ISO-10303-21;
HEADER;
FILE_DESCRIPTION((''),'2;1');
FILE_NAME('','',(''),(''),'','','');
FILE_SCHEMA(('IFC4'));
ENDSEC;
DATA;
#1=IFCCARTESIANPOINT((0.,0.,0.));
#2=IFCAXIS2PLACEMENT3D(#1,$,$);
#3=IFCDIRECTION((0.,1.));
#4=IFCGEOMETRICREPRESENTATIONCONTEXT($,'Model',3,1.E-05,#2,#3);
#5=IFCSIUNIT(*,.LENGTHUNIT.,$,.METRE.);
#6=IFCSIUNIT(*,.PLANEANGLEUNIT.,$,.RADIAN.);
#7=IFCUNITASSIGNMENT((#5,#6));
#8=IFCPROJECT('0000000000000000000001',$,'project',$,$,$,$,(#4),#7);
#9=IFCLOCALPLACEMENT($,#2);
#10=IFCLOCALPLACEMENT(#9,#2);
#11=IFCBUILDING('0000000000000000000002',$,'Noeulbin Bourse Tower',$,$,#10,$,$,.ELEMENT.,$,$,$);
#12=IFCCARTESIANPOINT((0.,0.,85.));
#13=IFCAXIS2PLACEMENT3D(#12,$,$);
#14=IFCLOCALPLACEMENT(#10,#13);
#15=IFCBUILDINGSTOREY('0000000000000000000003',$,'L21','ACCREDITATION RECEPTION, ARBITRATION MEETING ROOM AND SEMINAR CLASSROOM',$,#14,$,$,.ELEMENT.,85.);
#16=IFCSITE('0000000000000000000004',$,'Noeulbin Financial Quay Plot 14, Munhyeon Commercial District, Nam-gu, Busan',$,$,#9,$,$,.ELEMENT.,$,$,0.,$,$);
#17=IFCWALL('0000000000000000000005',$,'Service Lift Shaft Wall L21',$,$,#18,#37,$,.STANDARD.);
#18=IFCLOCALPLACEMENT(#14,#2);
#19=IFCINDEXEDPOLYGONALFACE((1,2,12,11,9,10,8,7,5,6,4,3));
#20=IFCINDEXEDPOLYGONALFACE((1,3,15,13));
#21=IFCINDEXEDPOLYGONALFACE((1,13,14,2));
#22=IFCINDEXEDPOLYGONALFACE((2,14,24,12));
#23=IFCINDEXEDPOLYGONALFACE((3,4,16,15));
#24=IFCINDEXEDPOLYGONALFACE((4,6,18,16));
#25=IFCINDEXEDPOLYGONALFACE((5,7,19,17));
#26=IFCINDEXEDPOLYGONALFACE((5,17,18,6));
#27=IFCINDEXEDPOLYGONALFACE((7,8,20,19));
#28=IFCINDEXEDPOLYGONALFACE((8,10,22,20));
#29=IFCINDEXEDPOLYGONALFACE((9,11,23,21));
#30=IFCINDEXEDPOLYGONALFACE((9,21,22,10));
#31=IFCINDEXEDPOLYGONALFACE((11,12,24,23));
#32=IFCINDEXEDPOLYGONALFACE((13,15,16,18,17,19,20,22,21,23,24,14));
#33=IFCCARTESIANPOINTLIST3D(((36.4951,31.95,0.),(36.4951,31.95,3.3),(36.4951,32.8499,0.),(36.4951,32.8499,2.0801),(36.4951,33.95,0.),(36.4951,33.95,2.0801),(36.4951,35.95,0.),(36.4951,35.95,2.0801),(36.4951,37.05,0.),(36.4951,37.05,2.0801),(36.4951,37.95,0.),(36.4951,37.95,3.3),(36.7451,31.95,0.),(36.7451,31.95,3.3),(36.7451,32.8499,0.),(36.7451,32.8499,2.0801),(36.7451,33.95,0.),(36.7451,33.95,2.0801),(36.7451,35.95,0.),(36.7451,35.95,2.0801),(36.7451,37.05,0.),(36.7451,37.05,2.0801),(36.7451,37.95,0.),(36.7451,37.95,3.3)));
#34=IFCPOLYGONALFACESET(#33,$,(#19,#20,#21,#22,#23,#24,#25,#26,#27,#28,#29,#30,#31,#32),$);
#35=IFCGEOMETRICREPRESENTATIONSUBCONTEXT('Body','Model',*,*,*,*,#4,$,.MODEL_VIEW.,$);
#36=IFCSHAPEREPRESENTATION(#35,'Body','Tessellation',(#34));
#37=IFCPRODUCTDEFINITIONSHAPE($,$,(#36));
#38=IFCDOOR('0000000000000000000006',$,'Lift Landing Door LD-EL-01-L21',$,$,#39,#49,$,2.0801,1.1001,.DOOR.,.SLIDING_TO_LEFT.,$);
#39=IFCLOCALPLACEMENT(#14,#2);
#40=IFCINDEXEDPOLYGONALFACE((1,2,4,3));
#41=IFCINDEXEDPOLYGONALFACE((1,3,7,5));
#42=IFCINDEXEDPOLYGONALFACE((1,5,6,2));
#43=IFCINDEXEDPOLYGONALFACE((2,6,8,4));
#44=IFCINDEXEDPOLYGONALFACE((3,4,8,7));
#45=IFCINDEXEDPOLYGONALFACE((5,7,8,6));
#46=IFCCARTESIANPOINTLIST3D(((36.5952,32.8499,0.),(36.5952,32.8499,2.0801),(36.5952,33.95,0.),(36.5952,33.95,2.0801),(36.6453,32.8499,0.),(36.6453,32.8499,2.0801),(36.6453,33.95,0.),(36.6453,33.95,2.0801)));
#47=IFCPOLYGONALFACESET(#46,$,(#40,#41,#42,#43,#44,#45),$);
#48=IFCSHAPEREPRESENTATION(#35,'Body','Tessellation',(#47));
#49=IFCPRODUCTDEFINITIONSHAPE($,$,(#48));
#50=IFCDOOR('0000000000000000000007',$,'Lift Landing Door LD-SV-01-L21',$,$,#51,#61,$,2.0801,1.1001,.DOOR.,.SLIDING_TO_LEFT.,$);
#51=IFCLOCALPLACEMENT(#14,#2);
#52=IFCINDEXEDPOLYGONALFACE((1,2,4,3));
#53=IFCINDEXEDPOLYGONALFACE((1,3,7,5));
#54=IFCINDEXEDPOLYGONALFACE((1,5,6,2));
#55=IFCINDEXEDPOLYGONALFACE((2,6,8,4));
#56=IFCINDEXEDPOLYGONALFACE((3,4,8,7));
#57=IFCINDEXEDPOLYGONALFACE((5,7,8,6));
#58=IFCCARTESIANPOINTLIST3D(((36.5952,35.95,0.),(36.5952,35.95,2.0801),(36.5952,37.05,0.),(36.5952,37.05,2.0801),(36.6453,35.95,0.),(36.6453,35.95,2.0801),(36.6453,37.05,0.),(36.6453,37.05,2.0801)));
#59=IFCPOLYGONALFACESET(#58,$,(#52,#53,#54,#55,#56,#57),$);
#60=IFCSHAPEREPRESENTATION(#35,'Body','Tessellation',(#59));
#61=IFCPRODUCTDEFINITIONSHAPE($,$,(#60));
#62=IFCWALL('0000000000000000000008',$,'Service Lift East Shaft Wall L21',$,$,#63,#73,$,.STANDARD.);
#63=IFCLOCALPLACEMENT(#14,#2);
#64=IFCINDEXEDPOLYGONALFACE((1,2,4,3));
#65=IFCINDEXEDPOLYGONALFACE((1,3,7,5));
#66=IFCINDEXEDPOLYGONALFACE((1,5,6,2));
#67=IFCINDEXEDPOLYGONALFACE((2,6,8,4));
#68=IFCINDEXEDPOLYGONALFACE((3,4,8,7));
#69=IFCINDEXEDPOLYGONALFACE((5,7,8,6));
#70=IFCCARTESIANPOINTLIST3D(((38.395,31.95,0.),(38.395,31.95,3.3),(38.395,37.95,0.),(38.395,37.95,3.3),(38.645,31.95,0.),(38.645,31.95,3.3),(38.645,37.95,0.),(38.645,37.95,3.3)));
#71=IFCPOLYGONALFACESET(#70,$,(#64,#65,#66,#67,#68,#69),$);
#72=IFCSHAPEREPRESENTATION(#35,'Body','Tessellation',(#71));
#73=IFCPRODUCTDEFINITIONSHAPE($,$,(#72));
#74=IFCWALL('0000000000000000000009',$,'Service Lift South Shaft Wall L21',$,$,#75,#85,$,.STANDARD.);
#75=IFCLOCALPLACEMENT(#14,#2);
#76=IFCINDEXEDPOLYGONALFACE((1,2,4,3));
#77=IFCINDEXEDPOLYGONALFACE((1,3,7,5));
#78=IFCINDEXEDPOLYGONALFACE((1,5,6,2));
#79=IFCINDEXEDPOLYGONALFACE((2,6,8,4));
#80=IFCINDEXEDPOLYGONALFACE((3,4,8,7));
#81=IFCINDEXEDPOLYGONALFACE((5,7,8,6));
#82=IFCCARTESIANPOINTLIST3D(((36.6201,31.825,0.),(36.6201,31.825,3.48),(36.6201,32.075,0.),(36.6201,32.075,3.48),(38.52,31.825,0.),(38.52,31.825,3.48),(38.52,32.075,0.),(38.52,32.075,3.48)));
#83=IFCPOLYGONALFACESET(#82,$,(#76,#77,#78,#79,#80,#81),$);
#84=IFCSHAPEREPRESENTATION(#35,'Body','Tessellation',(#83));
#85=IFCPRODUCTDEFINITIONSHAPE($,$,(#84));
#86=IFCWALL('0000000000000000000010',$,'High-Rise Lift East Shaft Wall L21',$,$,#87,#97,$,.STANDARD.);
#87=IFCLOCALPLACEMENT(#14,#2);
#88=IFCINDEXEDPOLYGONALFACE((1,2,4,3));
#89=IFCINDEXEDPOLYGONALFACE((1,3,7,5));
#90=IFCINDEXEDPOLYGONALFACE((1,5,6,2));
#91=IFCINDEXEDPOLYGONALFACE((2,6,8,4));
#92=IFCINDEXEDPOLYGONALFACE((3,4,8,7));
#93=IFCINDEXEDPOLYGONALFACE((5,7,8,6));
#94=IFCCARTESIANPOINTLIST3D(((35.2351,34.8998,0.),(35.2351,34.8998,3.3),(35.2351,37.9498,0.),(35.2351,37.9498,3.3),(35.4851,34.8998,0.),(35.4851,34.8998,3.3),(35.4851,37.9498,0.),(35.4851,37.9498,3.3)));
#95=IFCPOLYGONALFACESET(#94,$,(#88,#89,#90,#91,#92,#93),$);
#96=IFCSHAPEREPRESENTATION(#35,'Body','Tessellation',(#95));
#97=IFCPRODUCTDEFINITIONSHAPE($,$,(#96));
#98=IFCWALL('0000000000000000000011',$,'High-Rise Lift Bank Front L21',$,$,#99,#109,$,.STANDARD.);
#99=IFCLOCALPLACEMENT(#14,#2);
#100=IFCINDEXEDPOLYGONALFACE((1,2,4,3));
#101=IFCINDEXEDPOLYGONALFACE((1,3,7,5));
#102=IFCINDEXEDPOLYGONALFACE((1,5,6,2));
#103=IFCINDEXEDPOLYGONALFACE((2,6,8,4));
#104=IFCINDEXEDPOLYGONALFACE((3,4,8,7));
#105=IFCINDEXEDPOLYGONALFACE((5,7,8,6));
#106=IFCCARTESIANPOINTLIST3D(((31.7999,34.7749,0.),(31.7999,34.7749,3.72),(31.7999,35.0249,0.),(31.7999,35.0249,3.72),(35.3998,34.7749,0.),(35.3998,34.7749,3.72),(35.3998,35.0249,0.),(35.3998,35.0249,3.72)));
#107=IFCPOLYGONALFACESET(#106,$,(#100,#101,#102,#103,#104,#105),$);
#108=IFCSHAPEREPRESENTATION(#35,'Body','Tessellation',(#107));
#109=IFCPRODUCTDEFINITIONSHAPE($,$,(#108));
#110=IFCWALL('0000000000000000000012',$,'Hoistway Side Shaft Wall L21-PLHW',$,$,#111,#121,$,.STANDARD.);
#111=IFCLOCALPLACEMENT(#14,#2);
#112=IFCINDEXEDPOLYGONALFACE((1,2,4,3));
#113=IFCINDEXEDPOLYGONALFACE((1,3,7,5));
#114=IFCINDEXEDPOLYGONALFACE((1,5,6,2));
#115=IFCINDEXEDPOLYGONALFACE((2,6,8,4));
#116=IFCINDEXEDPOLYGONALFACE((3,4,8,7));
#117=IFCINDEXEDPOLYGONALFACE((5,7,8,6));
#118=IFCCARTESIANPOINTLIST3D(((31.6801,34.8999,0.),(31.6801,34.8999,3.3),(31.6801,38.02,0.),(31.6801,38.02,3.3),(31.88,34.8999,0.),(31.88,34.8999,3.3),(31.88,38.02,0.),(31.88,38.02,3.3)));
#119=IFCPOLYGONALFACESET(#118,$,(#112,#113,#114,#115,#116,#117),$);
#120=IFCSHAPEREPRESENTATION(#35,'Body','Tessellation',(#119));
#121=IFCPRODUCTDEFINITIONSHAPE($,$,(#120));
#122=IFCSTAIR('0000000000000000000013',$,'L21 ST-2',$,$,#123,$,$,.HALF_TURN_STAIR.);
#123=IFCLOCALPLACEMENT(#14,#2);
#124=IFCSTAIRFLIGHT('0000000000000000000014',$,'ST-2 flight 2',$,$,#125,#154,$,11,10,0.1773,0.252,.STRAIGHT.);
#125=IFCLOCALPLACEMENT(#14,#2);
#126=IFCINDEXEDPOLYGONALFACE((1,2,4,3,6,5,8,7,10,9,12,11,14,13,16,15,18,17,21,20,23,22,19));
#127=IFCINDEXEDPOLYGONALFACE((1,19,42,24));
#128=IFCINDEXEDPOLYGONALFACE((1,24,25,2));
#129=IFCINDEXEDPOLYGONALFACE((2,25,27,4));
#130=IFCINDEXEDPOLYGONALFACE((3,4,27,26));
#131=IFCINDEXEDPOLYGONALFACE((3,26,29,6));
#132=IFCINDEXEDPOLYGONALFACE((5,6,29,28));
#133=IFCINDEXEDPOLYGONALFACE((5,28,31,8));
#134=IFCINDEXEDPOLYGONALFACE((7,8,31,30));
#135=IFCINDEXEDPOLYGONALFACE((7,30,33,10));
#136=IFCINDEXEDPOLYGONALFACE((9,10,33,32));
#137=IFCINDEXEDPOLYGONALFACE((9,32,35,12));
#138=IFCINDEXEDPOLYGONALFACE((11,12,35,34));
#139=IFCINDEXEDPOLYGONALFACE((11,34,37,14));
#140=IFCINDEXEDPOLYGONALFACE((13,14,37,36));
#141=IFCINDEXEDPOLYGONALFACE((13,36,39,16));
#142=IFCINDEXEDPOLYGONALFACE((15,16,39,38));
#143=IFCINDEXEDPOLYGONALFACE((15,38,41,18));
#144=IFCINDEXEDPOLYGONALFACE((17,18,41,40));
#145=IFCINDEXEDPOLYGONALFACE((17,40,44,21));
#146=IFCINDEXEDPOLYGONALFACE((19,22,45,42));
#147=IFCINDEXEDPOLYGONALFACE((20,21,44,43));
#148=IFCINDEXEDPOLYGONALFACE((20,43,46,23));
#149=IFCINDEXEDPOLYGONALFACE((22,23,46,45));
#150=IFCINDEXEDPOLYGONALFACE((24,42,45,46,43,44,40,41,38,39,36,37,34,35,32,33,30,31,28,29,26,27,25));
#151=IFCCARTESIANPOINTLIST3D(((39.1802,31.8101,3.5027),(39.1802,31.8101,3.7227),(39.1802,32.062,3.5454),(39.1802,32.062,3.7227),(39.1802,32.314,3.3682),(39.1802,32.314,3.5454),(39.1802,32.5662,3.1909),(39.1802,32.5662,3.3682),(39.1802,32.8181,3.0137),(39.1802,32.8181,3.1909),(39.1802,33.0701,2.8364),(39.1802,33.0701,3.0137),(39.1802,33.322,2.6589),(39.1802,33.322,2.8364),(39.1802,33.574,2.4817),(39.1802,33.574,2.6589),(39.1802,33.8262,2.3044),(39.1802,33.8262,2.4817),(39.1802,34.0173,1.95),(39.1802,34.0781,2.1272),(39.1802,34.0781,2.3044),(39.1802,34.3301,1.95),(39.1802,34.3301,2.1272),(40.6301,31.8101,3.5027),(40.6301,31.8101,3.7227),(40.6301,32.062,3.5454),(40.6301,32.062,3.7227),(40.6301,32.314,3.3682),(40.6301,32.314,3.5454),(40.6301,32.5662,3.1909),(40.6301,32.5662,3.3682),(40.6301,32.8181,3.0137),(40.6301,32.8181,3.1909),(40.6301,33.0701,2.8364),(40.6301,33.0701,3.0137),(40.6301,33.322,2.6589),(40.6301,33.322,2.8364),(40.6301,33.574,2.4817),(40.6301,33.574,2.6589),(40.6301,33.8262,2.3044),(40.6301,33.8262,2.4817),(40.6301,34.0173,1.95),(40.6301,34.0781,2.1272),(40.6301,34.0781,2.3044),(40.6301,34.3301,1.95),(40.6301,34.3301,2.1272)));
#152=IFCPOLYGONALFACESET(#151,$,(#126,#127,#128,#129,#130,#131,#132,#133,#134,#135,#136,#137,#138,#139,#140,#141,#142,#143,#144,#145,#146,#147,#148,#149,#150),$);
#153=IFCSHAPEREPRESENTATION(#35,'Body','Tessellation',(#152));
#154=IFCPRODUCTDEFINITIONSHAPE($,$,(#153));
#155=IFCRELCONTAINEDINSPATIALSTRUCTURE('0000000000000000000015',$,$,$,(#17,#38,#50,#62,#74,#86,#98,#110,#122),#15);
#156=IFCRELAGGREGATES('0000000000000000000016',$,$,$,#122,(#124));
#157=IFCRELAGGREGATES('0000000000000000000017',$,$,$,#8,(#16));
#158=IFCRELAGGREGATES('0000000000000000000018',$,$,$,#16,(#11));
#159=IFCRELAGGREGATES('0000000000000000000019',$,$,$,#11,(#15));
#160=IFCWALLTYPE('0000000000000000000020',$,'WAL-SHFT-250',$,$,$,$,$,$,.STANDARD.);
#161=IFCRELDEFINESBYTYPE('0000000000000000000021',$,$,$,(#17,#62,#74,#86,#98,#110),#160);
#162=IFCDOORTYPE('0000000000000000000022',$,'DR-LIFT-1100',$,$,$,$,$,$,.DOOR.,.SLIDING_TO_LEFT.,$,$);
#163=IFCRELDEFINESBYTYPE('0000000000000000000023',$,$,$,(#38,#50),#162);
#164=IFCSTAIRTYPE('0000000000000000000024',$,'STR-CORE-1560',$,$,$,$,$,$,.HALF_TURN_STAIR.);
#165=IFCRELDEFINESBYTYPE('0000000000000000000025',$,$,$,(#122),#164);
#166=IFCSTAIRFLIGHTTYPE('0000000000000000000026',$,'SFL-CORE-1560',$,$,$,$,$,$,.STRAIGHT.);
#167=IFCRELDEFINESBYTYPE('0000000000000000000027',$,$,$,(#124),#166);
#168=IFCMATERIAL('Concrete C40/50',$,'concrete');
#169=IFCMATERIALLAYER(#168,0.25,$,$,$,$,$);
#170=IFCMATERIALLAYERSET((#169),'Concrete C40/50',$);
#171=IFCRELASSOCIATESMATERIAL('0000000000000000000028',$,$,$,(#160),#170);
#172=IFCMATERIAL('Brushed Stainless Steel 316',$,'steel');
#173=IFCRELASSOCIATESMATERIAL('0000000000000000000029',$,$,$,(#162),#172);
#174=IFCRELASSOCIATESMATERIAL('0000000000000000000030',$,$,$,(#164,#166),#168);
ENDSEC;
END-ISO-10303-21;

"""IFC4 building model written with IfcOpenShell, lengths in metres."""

from ifc_helpers import new_model, si_unit, direction, frame, frame_2d, origin, place, context, subcontext, project, spatial, polyline, rectangle, outline, extrude, material, layer, layer_set, type_object, element, fill, aggregate, save


model = new_model("IFC4")

# Units and contexts
model_context = context("Model", 3, precision=1e-05, world=origin(), true_north=direction((0.0, 1.0)))
body_context = subcontext(model_context, "Body", "Model", "MODEL_VIEW")
ifc_project = project(units=[si_unit("LENGTHUNIT", "METRE"), si_unit("PLANEANGLEUNIT", "RADIAN")], contexts=[model_context])

# Site, building, storey
site_placement = place(None, origin())
site = spatial("IfcSite", under=ifc_project, at=site_placement, Name="Noeulbin Financial Quay Plot 14, Munhyeon Commercial District, Nam-gu, Busan", CompositionType="ELEMENT", RefElevation=0.0)
building_placement = place(site_placement, origin())
building = spatial("IfcBuilding", under=site, at=building_placement, Name="Noeulbin Bourse Tower", CompositionType="ELEMENT")
storey_placement = place(building_placement, frame((0.0, 0.0, 85.0)))
storey = spatial("IfcBuildingStorey", under=building, at=storey_placement, Name="L21", Description="ACCREDITATION RECEPTION, ARBITRATION MEETING ROOM AND SEMINAR CLASSROOM", CompositionType="ELEMENT", Elevation=85.0)

# Shared definitions
ifc_material_1 = material(Name="Concrete C40/50", Category="concrete")

# Shared definitions
ifc_layer_1 = layer(ifc_material_1, 0.25)
ifc_layer_set_1 = layer_set([ifc_layer_1], Name="Concrete C40/50")
wall_type_1 = type_object("IfcWallType", Name="WAL-SHFT-250", PredefinedType="STANDARD", material=ifc_layer_set_1)

# Wall, openings, doors
wall_1_placement = place(storey_placement, frame((36.6201, 31.95, 0.0), z_axis=(0.0, 0.0, 1.0), x_axis=(0.0, 1.0, 0.0)))
wall_1 = element("IfcWall", 1, at=wall_1_placement, inside=storey, type_object=wall_type_1, Name="Service Lift Shaft Wall L21", PredefinedType="STANDARD", context=body_context, shape_type="SweptSolid", body=[
    extrude(rectangle(XDim=6.0, YDim=0.25, at=frame_2d((3.0, 0.0))), origin(), (0.0, 0.0, 1.0), 3.3),
])
opening_1_placement = place(wall_1_placement, frame((0.8999, 0.0, 0.0)))
opening_1 = element("IfcOpeningElement", 2, at=opening_1_placement, cuts=wall_1, PredefinedType="OPENING", context=body_context, shape_type="SweptSolid", body=[
    extrude(rectangle(XDim=1.1001, YDim=2.0801, at=frame_2d((0.55, 1.04))), frame((0.0, 0.135, 0.0), z_axis=(0.0, -1.0, 0.0), x_axis=(1.0, 0.0, 0.0)), (0.0, 0.0, 1.0), 0.27),
])
opening_2_placement = place(wall_1_placement, frame((4.0, 0.0, 0.0)))
opening_2 = element("IfcOpeningElement", 3, at=opening_2_placement, cuts=wall_1, PredefinedType="OPENING", context=body_context, shape_type="SweptSolid", body=[
    extrude(rectangle(XDim=1.1001, YDim=2.0801, at=frame_2d((0.55, 1.04))), frame((0.0, 0.135, 0.0), z_axis=(0.0, -1.0, 0.0), x_axis=(1.0, 0.0, 0.0)), (0.0, 0.0, 1.0), 0.27),
])
ifc_material_2 = material(Name="Brushed Stainless Steel 316", Category="steel")
door_type_1 = type_object("IfcDoorType", Name="DR-LIFT-1100", OperationType="SLIDING_TO_LEFT", PredefinedType="DOOR", material=ifc_material_2)
door_1_placement = place(opening_1_placement, origin())
door_1 = element("IfcDoor", 4, at=door_1_placement, inside=storey, type_object=door_type_1, Name="Lift Landing Door LD-EL-01-L21", OperationType="SLIDING_TO_LEFT", OverallHeight=2.0801, OverallWidth=1.1001, PredefinedType="DOOR", context=body_context, shape_type="SweptSolid", body=[
    extrude(rectangle(XDim=1.1001, YDim=2.0801, at=frame_2d((0.55, 1.04))), frame((0.0, 0.0249, 0.0), z_axis=(0.0, -1.0, 0.0), x_axis=(1.0, 0.0, 0.0)), (0.0, 0.0, 1.0), 0.05),
])
fill(opening_1, door_1)
door_2_placement = place(opening_2_placement, origin())
door_2 = element("IfcDoor", 5, at=door_2_placement, inside=storey, type_object=door_type_1, Name="Lift Landing Door LD-SV-01-L21", OperationType="SLIDING_TO_LEFT", OverallHeight=2.0801, OverallWidth=1.1001, PredefinedType="DOOR", context=body_context, shape_type="SweptSolid", body=[
    extrude(rectangle(XDim=1.1001, YDim=2.0801, at=frame_2d((0.55, 1.04))), frame((0.0, 0.0249, 0.0), z_axis=(0.0, -1.0, 0.0), x_axis=(1.0, 0.0, 0.0)), (0.0, 0.0, 1.0), 0.05),
])
fill(opening_2, door_2)

# Walls
wall_2_placement = place(storey_placement, frame((38.52, 31.95, 0.0), z_axis=(0.0, 0.0, 1.0), x_axis=(0.0, 1.0, 0.0)))
element("IfcWall", 6, at=wall_2_placement, inside=storey, type_object=wall_type_1, Name="Service Lift East Shaft Wall L21", PredefinedType="STANDARD", context=body_context, shape_type="SweptSolid", body=[
    extrude(rectangle(XDim=6.0, YDim=0.25, at=frame_2d((3.0, 0.0))), origin(), (0.0, 0.0, 1.0), 3.3),
])
wall_3_placement = place(storey_placement, frame((36.6201, 31.95, 0.0), z_axis=(0.0, 0.0, 1.0), x_axis=(1.0, 0.0, 0.0)))
element("IfcWall", 7, at=wall_3_placement, inside=storey, type_object=wall_type_1, Name="Service Lift South Shaft Wall L21", PredefinedType="STANDARD", context=body_context, shape_type="SweptSolid", body=[
    extrude(rectangle(XDim=1.8999, YDim=0.25, at=frame_2d((0.95, 0.0))), origin(), (0.0, 0.0, 1.0), 3.48),
])
wall_4_placement = place(storey_placement, frame((35.3601, 34.8999, 0.0), z_axis=(0.0, 0.0, 1.0), x_axis=(0.0, 1.0, 0.0)))
element("IfcWall", 8, at=wall_4_placement, inside=storey, type_object=wall_type_1, Name="High-Rise Lift East Shaft Wall L21", PredefinedType="STANDARD", context=body_context, shape_type="SweptSolid", body=[
    extrude(rectangle(XDim=3.05, YDim=0.25, at=frame_2d((1.5249, 0.0))), origin(), (0.0, 0.0, 1.0), 3.3),
])
wall_5_placement = place(storey_placement, frame((31.8, 34.8999, 0.0), z_axis=(0.0, 0.0, 1.0), x_axis=(1.0, 0.0, 0.0)))
element("IfcWall", 9, at=wall_5_placement, inside=storey, type_object=wall_type_1, Name="High-Rise Lift Bank Front L21", PredefinedType="STANDARD", context=body_context, shape_type="SweptSolid", body=[
    extrude(rectangle(XDim=3.5999, YDim=0.25, at=frame_2d((1.7998, 0.0))), origin(), (0.0, 0.0, 1.0), 3.72),
])
wall_6_placement = place(storey_placement, frame((31.78, 34.8999, 0.0), z_axis=(0.0, 0.0, 1.0), x_axis=(0.0, 1.0, 0.0)))
element("IfcWall", 10, at=wall_6_placement, inside=storey, type_object=wall_type_1, Name="Hoistway Side Shaft Wall L21-PLHW", PredefinedType="STANDARD", context=body_context, shape_type="SweptSolid", body=[
    extrude(rectangle(XDim=3.1201, YDim=0.2, at=frame_2d((1.5601, 0.0))), origin(), (0.0, 0.0, 1.0), 3.3),
])

# Stair, stair flight
stair_type = type_object("IfcStairType", Name="STR-CORE-1560", PredefinedType="HALF_TURN_STAIR", material=ifc_material_1)
stair_placement = place(storey_placement, origin())
stair = element("IfcStair", 11, at=stair_placement, inside=storey, type_object=stair_type, Name="L21 ST-2", PredefinedType="HALF_TURN_STAIR")
stair_flight_type = type_object("IfcStairFlightType", Name="SFL-CORE-1560", PredefinedType="STRAIGHT", material=ifc_material_1)
stair_flight_placement = place(storey_placement, frame((39.905, 34.3301, 1.95), z_axis=(0.0, 0.0, 1.0), x_axis=(0.0, -1.0, 0.0)))
stair_flight = element("IfcStairFlight", 12, at=stair_flight_placement, type_object=stair_flight_type, Name="ST-2 flight 2", NumberOfRisers=11, NumberOfTreads=10, PredefinedType="STRAIGHT", RiserHeight=0.1773, TreadLength=0.252, context=body_context, shape_type="SweptSolid", body=[
    extrude(outline(polyline([(0.0, 0.0), (0.0, 0.1772), (0.252, 0.1772), (0.252, 0.3545), (0.5039, 0.3545), (0.5039, 0.5317), (0.7561, 0.5317), (0.7561, 0.709), (1.0081, 0.709), (1.0081, 0.8865), (1.26, 0.8865), (1.26, 1.0637), (1.512, 1.0637), (1.512, 1.241), (1.7639, 1.241), (1.7639, 1.4182), (2.0161, 1.4182), (2.0161, 1.5955), (2.2681, 1.5955), (2.2681, 1.7727), (2.52, 1.7727), (2.52, 1.95), (2.52, 1.5527), (0.3127, 0.0), (0.0, 0.0)])), frame((0.0, 0.7251, 0.0), z_axis=(0.0, -1.0, 0.0), x_axis=(1.0, 0.0, 0.0)), (0.0, 0.0, 1.0), 1.45),
])
aggregate(stair, [stair_flight])

save(model, "model.ifc")
